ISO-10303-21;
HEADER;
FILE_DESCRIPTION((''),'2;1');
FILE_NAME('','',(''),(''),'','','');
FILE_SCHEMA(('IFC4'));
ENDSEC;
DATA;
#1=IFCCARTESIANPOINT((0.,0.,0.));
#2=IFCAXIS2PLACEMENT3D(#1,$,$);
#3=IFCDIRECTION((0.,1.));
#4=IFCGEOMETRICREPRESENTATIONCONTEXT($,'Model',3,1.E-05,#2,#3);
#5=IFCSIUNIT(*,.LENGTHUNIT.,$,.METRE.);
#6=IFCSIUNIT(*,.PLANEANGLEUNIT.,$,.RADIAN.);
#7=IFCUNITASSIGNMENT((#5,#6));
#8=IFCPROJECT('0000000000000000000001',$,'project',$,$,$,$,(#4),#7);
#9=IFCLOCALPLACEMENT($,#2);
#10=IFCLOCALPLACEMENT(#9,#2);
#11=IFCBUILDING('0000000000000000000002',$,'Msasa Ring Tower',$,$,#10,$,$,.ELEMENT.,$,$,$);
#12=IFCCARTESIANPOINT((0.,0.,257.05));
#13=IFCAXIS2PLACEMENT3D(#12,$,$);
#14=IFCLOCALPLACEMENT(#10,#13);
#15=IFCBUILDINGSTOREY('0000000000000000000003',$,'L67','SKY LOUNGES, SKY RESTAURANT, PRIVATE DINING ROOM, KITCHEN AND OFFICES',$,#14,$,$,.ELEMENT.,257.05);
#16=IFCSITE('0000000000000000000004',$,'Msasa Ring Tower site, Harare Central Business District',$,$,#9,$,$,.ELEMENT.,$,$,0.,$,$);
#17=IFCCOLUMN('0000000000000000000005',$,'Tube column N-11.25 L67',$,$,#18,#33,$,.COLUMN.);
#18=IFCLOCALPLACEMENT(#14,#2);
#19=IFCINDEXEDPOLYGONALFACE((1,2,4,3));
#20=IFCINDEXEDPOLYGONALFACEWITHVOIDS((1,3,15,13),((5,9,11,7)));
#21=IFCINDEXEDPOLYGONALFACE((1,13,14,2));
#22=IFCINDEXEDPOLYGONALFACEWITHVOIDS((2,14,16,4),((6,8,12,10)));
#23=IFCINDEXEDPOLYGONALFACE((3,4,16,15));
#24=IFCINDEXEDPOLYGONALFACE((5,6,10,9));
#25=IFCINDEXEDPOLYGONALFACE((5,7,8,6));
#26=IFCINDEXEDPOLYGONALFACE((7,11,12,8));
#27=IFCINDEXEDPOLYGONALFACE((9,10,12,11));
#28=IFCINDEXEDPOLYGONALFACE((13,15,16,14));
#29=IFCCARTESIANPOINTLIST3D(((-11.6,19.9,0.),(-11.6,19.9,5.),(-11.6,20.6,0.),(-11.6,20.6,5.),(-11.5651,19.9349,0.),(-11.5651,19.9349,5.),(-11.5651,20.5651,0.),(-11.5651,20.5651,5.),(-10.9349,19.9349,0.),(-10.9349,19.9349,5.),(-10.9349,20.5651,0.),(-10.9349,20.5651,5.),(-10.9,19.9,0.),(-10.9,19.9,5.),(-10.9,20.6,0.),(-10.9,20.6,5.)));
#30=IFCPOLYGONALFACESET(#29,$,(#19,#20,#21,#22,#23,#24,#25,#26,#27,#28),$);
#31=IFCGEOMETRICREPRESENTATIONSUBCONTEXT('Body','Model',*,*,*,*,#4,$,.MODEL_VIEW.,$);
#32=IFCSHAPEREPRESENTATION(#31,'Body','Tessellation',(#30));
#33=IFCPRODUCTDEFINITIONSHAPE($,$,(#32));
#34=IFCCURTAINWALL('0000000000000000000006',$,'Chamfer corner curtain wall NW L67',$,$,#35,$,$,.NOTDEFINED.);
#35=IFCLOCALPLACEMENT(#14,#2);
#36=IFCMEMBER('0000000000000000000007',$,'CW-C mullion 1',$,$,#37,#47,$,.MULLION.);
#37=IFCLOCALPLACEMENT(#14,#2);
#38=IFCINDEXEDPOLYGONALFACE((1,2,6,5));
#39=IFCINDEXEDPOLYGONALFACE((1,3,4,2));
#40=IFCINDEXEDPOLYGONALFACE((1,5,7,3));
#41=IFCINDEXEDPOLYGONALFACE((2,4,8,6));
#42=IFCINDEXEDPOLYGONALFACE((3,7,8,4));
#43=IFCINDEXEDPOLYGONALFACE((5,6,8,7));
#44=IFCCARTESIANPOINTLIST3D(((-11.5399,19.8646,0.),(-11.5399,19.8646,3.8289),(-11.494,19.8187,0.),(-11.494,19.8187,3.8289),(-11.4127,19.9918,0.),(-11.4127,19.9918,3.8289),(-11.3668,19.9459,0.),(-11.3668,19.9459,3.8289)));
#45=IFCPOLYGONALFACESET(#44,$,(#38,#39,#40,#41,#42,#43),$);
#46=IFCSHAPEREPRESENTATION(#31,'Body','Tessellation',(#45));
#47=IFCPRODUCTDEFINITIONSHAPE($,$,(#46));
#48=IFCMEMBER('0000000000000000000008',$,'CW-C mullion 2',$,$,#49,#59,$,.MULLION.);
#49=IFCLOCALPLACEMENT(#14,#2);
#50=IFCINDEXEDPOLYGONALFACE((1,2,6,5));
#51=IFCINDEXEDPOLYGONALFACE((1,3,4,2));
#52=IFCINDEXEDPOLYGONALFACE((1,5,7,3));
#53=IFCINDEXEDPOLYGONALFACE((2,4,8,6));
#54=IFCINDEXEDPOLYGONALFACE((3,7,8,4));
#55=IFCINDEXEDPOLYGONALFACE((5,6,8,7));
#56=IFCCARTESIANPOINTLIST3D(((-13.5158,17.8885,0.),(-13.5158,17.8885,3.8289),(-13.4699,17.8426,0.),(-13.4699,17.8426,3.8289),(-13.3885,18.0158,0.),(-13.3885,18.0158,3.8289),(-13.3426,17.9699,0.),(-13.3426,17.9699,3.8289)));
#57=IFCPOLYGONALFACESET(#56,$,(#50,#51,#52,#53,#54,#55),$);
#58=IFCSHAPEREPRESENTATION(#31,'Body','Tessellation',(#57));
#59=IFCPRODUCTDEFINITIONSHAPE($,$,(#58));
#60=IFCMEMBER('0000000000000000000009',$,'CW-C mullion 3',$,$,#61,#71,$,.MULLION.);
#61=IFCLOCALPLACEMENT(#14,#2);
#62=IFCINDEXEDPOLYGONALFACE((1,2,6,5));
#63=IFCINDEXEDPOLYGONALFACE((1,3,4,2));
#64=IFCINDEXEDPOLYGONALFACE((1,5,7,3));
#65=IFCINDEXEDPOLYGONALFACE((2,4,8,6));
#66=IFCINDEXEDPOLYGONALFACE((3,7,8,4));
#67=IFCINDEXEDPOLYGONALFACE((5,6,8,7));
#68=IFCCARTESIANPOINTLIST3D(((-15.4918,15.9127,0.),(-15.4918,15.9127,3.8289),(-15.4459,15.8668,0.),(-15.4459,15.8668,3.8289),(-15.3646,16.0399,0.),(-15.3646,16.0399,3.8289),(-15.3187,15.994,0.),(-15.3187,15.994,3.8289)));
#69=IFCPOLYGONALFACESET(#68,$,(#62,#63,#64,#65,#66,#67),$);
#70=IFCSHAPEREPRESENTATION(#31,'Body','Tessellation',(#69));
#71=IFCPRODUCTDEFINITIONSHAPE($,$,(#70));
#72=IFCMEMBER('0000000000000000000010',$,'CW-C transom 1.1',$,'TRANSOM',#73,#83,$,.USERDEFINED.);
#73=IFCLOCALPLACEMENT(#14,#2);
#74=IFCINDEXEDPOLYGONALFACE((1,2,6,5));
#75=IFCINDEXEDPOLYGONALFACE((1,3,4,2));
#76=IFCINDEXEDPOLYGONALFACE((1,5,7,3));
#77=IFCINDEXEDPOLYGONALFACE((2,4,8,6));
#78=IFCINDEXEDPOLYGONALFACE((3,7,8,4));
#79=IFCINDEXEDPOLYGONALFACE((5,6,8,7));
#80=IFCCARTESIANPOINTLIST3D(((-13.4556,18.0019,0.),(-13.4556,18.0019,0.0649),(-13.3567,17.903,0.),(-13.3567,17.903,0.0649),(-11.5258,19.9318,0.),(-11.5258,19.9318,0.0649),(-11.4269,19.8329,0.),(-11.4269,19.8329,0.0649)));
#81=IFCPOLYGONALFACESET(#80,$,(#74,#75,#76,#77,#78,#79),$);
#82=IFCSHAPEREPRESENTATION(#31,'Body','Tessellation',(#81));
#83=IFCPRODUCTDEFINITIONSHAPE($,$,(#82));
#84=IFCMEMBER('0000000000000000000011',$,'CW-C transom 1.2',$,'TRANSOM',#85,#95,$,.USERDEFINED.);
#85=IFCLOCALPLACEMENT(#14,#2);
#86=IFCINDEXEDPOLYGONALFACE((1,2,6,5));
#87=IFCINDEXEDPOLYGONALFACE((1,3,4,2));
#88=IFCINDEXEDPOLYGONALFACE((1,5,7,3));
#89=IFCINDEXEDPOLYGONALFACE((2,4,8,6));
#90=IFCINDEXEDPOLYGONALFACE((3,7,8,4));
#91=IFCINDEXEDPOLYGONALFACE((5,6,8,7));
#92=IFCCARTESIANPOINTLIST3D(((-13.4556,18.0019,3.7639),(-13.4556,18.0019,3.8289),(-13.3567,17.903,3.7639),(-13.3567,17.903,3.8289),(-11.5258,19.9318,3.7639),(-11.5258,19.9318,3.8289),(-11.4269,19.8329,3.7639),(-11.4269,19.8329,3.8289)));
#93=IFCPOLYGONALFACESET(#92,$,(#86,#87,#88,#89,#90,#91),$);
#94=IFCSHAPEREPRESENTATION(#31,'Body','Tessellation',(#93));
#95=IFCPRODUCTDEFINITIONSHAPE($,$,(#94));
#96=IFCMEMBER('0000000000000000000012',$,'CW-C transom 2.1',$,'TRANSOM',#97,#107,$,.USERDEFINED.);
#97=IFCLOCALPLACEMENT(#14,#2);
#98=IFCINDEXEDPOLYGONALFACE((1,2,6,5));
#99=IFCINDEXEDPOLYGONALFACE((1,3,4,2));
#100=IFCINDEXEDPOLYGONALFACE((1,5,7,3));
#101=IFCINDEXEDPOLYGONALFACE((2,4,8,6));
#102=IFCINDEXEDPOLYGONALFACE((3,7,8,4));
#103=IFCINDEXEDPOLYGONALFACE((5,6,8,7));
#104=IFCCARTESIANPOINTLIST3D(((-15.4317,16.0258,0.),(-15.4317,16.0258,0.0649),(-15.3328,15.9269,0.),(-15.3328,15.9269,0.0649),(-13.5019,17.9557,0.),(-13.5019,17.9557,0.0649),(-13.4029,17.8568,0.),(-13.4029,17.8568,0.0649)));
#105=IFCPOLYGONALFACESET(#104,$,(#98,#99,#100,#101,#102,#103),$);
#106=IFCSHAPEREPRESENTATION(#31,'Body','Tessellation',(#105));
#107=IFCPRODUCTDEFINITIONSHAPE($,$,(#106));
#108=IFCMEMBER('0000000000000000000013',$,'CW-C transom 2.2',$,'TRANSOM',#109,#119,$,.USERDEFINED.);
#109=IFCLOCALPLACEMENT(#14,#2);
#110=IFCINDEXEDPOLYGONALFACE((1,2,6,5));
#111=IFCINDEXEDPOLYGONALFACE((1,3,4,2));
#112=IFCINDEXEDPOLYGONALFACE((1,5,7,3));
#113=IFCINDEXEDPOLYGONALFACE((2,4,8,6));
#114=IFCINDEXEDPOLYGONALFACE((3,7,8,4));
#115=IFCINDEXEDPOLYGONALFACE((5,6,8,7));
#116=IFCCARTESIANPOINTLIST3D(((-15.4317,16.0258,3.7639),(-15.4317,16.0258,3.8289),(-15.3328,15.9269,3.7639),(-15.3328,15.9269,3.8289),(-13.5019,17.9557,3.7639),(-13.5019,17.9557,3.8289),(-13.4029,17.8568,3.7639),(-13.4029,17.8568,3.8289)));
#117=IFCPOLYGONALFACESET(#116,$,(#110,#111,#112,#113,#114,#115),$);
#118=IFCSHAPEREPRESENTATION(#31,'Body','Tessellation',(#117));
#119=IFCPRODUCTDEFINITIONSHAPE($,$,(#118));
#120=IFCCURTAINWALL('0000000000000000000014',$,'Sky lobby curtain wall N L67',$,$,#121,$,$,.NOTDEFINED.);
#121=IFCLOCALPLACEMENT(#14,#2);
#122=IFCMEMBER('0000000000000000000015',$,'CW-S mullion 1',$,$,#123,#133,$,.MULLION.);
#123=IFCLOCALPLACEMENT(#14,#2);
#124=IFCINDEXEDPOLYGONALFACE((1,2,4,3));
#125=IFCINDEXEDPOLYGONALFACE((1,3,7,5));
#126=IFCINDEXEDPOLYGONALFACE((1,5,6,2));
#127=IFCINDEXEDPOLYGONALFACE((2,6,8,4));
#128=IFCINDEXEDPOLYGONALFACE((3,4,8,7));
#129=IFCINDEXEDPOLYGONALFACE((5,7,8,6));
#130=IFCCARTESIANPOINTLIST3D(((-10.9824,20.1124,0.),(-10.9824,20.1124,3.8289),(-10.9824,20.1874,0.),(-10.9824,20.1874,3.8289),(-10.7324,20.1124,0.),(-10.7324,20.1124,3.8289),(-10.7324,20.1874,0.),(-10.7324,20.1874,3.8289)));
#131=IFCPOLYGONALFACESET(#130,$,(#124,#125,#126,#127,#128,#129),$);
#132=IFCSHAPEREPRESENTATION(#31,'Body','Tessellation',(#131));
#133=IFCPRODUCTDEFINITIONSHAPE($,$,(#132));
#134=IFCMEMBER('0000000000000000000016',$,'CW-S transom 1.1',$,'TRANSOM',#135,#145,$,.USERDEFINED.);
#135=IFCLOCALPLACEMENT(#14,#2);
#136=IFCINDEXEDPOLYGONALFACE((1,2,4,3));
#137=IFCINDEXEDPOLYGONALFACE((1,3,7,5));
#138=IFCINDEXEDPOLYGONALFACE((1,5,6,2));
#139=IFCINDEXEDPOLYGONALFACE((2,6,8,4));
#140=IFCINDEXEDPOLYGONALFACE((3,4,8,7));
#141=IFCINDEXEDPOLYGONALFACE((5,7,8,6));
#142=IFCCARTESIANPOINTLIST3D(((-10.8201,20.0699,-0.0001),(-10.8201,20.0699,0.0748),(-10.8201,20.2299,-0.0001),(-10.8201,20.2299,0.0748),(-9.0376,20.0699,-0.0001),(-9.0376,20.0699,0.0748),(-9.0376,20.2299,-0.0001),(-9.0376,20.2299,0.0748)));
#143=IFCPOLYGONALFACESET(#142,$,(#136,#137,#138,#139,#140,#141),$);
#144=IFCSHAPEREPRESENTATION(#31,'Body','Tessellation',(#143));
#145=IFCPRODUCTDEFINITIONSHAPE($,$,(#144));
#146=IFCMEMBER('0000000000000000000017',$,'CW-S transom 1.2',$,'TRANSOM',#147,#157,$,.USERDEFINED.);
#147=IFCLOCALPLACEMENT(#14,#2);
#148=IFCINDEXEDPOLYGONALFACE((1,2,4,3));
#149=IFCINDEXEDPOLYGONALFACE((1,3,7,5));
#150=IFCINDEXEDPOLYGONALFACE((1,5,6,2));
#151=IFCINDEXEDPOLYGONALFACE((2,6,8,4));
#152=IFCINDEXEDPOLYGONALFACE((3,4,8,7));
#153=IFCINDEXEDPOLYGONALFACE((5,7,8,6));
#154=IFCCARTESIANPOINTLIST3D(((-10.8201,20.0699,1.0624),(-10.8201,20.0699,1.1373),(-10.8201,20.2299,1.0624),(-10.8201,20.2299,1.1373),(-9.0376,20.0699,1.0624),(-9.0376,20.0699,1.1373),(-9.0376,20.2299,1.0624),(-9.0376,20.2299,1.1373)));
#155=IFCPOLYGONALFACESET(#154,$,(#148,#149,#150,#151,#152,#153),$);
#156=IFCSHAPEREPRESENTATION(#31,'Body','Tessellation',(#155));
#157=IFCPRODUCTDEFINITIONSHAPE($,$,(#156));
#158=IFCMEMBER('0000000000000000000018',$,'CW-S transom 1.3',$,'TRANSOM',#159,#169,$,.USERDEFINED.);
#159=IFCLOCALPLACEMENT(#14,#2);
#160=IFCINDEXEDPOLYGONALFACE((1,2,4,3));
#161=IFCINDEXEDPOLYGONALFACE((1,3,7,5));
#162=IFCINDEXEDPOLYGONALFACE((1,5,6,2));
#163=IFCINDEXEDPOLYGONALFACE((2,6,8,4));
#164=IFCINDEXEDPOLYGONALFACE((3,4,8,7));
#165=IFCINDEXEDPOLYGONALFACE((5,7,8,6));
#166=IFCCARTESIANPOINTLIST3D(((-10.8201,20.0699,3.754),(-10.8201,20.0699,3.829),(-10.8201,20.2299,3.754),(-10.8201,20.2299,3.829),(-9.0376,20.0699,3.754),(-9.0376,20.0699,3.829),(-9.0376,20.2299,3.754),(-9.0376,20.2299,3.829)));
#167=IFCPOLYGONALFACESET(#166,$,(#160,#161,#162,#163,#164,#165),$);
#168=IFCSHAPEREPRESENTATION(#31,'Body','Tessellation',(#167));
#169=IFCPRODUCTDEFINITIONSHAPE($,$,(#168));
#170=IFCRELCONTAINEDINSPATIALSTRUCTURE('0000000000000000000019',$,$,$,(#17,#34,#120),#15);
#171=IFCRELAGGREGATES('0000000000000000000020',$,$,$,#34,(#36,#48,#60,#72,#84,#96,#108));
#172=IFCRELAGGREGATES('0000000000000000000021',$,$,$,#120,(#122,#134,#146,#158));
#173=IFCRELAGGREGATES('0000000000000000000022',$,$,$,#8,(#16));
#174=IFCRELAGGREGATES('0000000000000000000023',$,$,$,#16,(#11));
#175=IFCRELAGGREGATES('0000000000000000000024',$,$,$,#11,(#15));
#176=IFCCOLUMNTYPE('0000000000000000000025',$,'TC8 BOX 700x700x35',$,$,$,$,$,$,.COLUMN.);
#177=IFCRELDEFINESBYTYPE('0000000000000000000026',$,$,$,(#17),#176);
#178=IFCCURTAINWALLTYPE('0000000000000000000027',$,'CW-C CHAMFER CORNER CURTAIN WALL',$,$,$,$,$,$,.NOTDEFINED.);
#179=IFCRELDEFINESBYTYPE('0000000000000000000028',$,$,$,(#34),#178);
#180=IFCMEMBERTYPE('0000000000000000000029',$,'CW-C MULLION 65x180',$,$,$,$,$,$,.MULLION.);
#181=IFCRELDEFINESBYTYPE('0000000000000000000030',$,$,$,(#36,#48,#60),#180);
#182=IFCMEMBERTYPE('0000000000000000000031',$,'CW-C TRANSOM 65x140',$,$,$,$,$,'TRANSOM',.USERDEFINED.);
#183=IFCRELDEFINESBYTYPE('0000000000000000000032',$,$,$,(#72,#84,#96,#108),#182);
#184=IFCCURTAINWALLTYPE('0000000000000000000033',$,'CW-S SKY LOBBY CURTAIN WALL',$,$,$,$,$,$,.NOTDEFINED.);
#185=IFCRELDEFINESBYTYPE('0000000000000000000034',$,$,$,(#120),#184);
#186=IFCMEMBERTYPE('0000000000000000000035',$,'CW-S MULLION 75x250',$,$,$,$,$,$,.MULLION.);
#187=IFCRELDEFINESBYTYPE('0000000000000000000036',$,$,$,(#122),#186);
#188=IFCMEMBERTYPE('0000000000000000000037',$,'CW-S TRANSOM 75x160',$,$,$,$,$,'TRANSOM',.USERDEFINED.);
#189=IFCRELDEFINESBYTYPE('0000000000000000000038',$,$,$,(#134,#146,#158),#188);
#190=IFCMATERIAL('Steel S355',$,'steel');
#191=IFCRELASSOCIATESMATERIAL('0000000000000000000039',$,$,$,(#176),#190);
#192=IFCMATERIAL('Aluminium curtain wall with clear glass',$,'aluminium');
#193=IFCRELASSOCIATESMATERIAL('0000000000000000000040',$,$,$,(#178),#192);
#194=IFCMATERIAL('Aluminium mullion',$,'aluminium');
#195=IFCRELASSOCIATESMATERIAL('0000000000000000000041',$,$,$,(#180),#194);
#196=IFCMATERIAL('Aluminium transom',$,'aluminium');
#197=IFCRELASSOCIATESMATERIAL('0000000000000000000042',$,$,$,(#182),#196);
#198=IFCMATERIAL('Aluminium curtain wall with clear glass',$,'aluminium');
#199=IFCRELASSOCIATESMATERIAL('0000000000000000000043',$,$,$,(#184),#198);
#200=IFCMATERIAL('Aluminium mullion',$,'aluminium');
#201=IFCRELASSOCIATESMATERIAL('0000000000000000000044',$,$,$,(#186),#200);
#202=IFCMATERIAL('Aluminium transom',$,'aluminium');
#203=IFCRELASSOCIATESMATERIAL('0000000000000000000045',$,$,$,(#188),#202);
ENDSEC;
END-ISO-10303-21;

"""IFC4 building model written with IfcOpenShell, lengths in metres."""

from ifc_helpers import new_model, si_unit, direction, frame, origin, origin_2d, place, context, subcontext, project, spatial, rectangle, hollow_rectangle, extrude, material, material_profile, profile_set, type_object, element, aggregate, save


model = new_model("IFC4")

# Units and contexts
model_context = context("Model", 3, precision=1e-05, world=origin(), true_north=direction((0.0, 1.0)))
body_context = subcontext(model_context, "Body", "Model", "MODEL_VIEW")
ifc_project = project(units=[si_unit("LENGTHUNIT", "METRE"), si_unit("PLANEANGLEUNIT", "RADIAN")], contexts=[model_context])

# Site, building, storey
site_placement = place(None, origin())
site = spatial("IfcSite", under=ifc_project, at=site_placement, Name="Msasa Ring Tower site, Harare Central Business District", CompositionType="ELEMENT", RefElevation=0.0)
building_placement = place(site_placement, origin())
building = spatial("IfcBuilding", under=site, at=building_placement, Name="Msasa Ring Tower", CompositionType="ELEMENT")
storey_placement = place(building_placement, frame((0.0, 0.0, 257.05)))
storey = spatial("IfcBuildingStorey", under=building, at=storey_placement, Name="L67", Description="SKY LOUNGES, SKY RESTAURANT, PRIVATE DINING ROOM, KITCHEN AND OFFICES", CompositionType="ELEMENT", Elevation=257.05)

# Column
ifc_material_1 = material(Name="Steel S355", Category="steel")
ifc_material_profile_1 = material_profile(ifc_material_1, hollow_rectangle(XDim=0.7, YDim=0.7, WallThickness=0.0349, at=origin_2d()), Name="BOX 700x700x35")
ifc_profile_set_1 = profile_set([ifc_material_profile_1], Name="Steel S355")
column_type = type_object("IfcColumnType", Name="TC8 BOX 700x700x35", PredefinedType="COLUMN", material=ifc_profile_set_1)
column_placement = place(storey_placement, frame((-11.25, 20.25, 0.0), z_axis=(0.0, 0.0, 1.0), x_axis=(0.0, 1.0, 0.0)))
element("IfcColumn", 1, at=column_placement, inside=storey, type_object=column_type, Name="Tube column N-11.25 L67", PredefinedType="COLUMN", context=body_context, shape_type="SweptSolid", body=[
    extrude(hollow_rectangle(XDim=0.7, YDim=0.7, WallThickness=0.0349, at=origin_2d()), origin(), (0.0, 0.0, 1.0), 5.0),
])

# Curtain walls, members
ifc_material_2 = material(Name="Aluminium curtain wall with clear glass", Category="aluminium")
curtain_wall_type_1 = type_object("IfcCurtainWallType", Name="CW-C CHAMFER CORNER CURTAIN WALL", PredefinedType="NOTDEFINED", material=ifc_material_2)
curtain_wall_1_placement = place(storey_placement, origin())
curtain_wall_1 = element("IfcCurtainWall", 2, at=curtain_wall_1_placement, inside=storey, type_object=curtain_wall_type_1, Name="Chamfer corner curtain wall NW L67", PredefinedType="NOTDEFINED")
ifc_material_3 = material(Name="Aluminium mullion", Category="aluminium")
ifc_material_profile_2 = material_profile(ifc_material_3, rectangle(XDim=0.0649, YDim=0.1799, at=origin_2d()), Name="AL 65x180")
ifc_profile_set_2 = profile_set([ifc_material_profile_2], Name="Aluminium mullion")
member_type_1 = type_object("IfcMemberType", Name="CW-C MULLION 65x180", PredefinedType="MULLION", material=ifc_profile_set_2)
member_1_placement = place(storey_placement, frame((-11.4534, 19.9053, 0.0), z_axis=(0.0, 0.0, 1.0), x_axis=(0.707107, -0.707107, 0.0)))
member_1 = element("IfcMember", 3, at=member_1_placement, type_object=member_type_1, Name="CW-C mullion 1", PredefinedType="MULLION", context=body_context, shape_type="SweptSolid", body=[
    extrude(rectangle(XDim=0.0649, YDim=0.1799, at=origin_2d()), origin(), (0.0, 0.0, 1.0), 3.8289),
])
member_2_placement = place(storey_placement, frame((-13.4292, 17.9292, 0.0), z_axis=(0.0, 0.0, 1.0), x_axis=(0.707107, -0.707107, 0.0)))
member_2 = element("IfcMember", 4, at=member_2_placement, type_object=member_type_1, Name="CW-C mullion 2", PredefinedType="MULLION", context=body_context, shape_type="SweptSolid", body=[
    extrude(rectangle(XDim=0.0649, YDim=0.1799, at=origin_2d()), origin(), (0.0, 0.0, 1.0), 3.8289),
])
member_3_placement = place(storey_placement, frame((-15.4053, 15.9534, 0.0), z_axis=(0.0, 0.0, 1.0), x_axis=(0.707107, -0.707107, 0.0)))
member_3 = element("IfcMember", 5, at=member_3_placement, type_object=member_type_1, Name="CW-C mullion 3", PredefinedType="MULLION", context=body_context, shape_type="SweptSolid", body=[
    extrude(rectangle(XDim=0.0649, YDim=0.1799, at=origin_2d()), origin(), (0.0, 0.0, 1.0), 3.8289),
])
ifc_material_4 = material(Name="Aluminium transom", Category="aluminium")
ifc_material_profile_3 = material_profile(ifc_material_4, rectangle(XDim=0.1399, YDim=0.0649, at=origin_2d()), Name="AL 65x140")
ifc_profile_set_3 = profile_set([ifc_material_profile_3], Name="Aluminium transom")
member_type_2 = type_object("IfcMemberType", Name="CW-C TRANSOM 65x140", ElementType="TRANSOM", PredefinedType="USERDEFINED", material=ifc_profile_set_3)
member_4_placement = place(storey_placement, frame((-11.4763, 19.8823, 0.0325), z_axis=(-0.707107, -0.707107, 0.0), x_axis=(0.707107, -0.707107, 0.0)))
member_4 = element("IfcMember", 6, at=member_4_placement, type_object=member_type_2, Name="CW-C transom 1.1", ObjectType="TRANSOM", PredefinedType="USERDEFINED", context=body_context, shape_type="SweptSolid", body=[
    extrude(rectangle(XDim=0.1399, YDim=0.0649, at=origin_2d()), origin(), (0.0, 0.0, 1.0), 2.7292),
])
member_5_placement = place(storey_placement, frame((-11.4763, 19.8823, 3.7964), z_axis=(-0.707107, -0.707107, 0.0), x_axis=(0.707107, -0.707107, 0.0)))
member_5 = element("IfcMember", 7, at=member_5_placement, type_object=member_type_2, Name="CW-C transom 1.2", ObjectType="TRANSOM", PredefinedType="USERDEFINED", context=body_context, shape_type="SweptSolid", body=[
    extrude(rectangle(XDim=0.1399, YDim=0.0649, at=origin_2d()), origin(), (0.0, 0.0, 1.0), 2.7292),
])
member_6_placement = place(storey_placement, frame((-13.4524, 17.9062, 0.0325), z_axis=(-0.707107, -0.707107, 0.0), x_axis=(0.707107, -0.707107, 0.0)))
member_6 = element("IfcMember", 8, at=member_6_placement, type_object=member_type_2, Name="CW-C transom 2.1", ObjectType="TRANSOM", PredefinedType="USERDEFINED", context=body_context, shape_type="SweptSolid", body=[
    extrude(rectangle(XDim=0.1399, YDim=0.0649, at=origin_2d()), origin(), (0.0, 0.0, 1.0), 2.7292),
])
member_7_placement = place(storey_placement, frame((-13.4524, 17.9062, 3.7964), z_axis=(-0.707107, -0.707107, 0.0), x_axis=(0.707107, -0.707107, 0.0)))
member_7 = element("IfcMember", 9, at=member_7_placement, type_object=member_type_2, Name="CW-C transom 2.2", ObjectType="TRANSOM", PredefinedType="USERDEFINED", context=body_context, shape_type="SweptSolid", body=[
    extrude(rectangle(XDim=0.1399, YDim=0.0649, at=origin_2d()), origin(), (0.0, 0.0, 1.0), 2.7292),
])
ifc_material_5 = material(Name="Aluminium curtain wall with clear glass", Category="aluminium")
curtain_wall_type_2 = type_object("IfcCurtainWallType", Name="CW-S SKY LOBBY CURTAIN WALL", PredefinedType="NOTDEFINED", material=ifc_material_5)
curtain_wall_2_placement = place(storey_placement, origin())
curtain_wall_2 = element("IfcCurtainWall", 10, at=curtain_wall_2_placement, inside=storey, type_object=curtain_wall_type_2, Name="Sky lobby curtain wall N L67", PredefinedType="NOTDEFINED")
ifc_material_6 = material(Name="Aluminium mullion", Category="aluminium")
ifc_material_profile_4 = material_profile(ifc_material_6, rectangle(XDim=0.075, YDim=0.25, at=origin_2d()), Name="AL 75x250")
ifc_profile_set_4 = profile_set([ifc_material_profile_4], Name="Aluminium mullion")
member_type_3 = type_object("IfcMemberType", Name="CW-S MULLION 75x250", PredefinedType="MULLION", material=ifc_profile_set_4)
member_8_placement = place(storey_placement, frame((-10.8574, 20.1499, 0.0), z_axis=(0.0, 0.0, 1.0), x_axis=(0.0, 1.0, 0.0)))
member_8 = element("IfcMember", 11, at=member_8_placement, type_object=member_type_3, Name="CW-S mullion 1", PredefinedType="MULLION", context=body_context, shape_type="SweptSolid", body=[
    extrude(rectangle(XDim=0.075, YDim=0.25, at=origin_2d()), origin(), (0.0, 0.0, 1.0), 3.8289),
])
ifc_material_7 = material(Name="Aluminium transom", Category="aluminium")
ifc_material_profile_5 = material_profile(ifc_material_7, rectangle(XDim=0.1599, YDim=0.075, at=origin_2d()), Name="AL 75x160")
ifc_profile_set_5 = profile_set([ifc_material_profile_5], Name="Aluminium transom")
member_type_4 = type_object("IfcMemberType", Name="CW-S TRANSOM 75x160", ElementType="TRANSOM", PredefinedType="USERDEFINED", material=ifc_profile_set_5)
member_9_placement = place(storey_placement, frame((-10.8201, 20.1499, 0.0374), z_axis=(1.0, 0.0, 0.0), x_axis=(0.0, 1.0, 0.0)))
member_9 = element("IfcMember", 12, at=member_9_placement, type_object=member_type_4, Name="CW-S transom 1.1", ObjectType="TRANSOM", PredefinedType="USERDEFINED", context=body_context, shape_type="SweptSolid", body=[
    extrude(rectangle(XDim=0.1599, YDim=0.075, at=origin_2d()), origin(), (0.0, 0.0, 1.0), 1.7825),
])
member_10_placement = place(storey_placement, frame((-10.8201, 20.1499, 1.0999), z_axis=(1.0, 0.0, 0.0), x_axis=(0.0, 1.0, 0.0)))
member_10 = element("IfcMember", 13, at=member_10_placement, type_object=member_type_4, Name="CW-S transom 1.2", ObjectType="TRANSOM", PredefinedType="USERDEFINED", context=body_context, shape_type="SweptSolid", body=[
    extrude(rectangle(XDim=0.1599, YDim=0.075, at=origin_2d()), origin(), (0.0, 0.0, 1.0), 1.7825),
])
member_11_placement = place(storey_placement, frame((-10.8201, 20.1499, 3.7915), z_axis=(1.0, 0.0, 0.0), x_axis=(0.0, 1.0, 0.0)))
member_11 = element("IfcMember", 14, at=member_11_placement, type_object=member_type_4, Name="CW-S transom 1.3", ObjectType="TRANSOM", PredefinedType="USERDEFINED", context=body_context, shape_type="SweptSolid", body=[
    extrude(rectangle(XDim=0.1599, YDim=0.075, at=origin_2d()), origin(), (0.0, 0.0, 1.0), 1.7825),
])

aggregate(curtain_wall_1, [member_1, member_2, member_3, member_4, member_5, member_6, member_7])
aggregate(curtain_wall_2, [member_8, member_9, member_10, member_11])

save(model, "model.ifc")
